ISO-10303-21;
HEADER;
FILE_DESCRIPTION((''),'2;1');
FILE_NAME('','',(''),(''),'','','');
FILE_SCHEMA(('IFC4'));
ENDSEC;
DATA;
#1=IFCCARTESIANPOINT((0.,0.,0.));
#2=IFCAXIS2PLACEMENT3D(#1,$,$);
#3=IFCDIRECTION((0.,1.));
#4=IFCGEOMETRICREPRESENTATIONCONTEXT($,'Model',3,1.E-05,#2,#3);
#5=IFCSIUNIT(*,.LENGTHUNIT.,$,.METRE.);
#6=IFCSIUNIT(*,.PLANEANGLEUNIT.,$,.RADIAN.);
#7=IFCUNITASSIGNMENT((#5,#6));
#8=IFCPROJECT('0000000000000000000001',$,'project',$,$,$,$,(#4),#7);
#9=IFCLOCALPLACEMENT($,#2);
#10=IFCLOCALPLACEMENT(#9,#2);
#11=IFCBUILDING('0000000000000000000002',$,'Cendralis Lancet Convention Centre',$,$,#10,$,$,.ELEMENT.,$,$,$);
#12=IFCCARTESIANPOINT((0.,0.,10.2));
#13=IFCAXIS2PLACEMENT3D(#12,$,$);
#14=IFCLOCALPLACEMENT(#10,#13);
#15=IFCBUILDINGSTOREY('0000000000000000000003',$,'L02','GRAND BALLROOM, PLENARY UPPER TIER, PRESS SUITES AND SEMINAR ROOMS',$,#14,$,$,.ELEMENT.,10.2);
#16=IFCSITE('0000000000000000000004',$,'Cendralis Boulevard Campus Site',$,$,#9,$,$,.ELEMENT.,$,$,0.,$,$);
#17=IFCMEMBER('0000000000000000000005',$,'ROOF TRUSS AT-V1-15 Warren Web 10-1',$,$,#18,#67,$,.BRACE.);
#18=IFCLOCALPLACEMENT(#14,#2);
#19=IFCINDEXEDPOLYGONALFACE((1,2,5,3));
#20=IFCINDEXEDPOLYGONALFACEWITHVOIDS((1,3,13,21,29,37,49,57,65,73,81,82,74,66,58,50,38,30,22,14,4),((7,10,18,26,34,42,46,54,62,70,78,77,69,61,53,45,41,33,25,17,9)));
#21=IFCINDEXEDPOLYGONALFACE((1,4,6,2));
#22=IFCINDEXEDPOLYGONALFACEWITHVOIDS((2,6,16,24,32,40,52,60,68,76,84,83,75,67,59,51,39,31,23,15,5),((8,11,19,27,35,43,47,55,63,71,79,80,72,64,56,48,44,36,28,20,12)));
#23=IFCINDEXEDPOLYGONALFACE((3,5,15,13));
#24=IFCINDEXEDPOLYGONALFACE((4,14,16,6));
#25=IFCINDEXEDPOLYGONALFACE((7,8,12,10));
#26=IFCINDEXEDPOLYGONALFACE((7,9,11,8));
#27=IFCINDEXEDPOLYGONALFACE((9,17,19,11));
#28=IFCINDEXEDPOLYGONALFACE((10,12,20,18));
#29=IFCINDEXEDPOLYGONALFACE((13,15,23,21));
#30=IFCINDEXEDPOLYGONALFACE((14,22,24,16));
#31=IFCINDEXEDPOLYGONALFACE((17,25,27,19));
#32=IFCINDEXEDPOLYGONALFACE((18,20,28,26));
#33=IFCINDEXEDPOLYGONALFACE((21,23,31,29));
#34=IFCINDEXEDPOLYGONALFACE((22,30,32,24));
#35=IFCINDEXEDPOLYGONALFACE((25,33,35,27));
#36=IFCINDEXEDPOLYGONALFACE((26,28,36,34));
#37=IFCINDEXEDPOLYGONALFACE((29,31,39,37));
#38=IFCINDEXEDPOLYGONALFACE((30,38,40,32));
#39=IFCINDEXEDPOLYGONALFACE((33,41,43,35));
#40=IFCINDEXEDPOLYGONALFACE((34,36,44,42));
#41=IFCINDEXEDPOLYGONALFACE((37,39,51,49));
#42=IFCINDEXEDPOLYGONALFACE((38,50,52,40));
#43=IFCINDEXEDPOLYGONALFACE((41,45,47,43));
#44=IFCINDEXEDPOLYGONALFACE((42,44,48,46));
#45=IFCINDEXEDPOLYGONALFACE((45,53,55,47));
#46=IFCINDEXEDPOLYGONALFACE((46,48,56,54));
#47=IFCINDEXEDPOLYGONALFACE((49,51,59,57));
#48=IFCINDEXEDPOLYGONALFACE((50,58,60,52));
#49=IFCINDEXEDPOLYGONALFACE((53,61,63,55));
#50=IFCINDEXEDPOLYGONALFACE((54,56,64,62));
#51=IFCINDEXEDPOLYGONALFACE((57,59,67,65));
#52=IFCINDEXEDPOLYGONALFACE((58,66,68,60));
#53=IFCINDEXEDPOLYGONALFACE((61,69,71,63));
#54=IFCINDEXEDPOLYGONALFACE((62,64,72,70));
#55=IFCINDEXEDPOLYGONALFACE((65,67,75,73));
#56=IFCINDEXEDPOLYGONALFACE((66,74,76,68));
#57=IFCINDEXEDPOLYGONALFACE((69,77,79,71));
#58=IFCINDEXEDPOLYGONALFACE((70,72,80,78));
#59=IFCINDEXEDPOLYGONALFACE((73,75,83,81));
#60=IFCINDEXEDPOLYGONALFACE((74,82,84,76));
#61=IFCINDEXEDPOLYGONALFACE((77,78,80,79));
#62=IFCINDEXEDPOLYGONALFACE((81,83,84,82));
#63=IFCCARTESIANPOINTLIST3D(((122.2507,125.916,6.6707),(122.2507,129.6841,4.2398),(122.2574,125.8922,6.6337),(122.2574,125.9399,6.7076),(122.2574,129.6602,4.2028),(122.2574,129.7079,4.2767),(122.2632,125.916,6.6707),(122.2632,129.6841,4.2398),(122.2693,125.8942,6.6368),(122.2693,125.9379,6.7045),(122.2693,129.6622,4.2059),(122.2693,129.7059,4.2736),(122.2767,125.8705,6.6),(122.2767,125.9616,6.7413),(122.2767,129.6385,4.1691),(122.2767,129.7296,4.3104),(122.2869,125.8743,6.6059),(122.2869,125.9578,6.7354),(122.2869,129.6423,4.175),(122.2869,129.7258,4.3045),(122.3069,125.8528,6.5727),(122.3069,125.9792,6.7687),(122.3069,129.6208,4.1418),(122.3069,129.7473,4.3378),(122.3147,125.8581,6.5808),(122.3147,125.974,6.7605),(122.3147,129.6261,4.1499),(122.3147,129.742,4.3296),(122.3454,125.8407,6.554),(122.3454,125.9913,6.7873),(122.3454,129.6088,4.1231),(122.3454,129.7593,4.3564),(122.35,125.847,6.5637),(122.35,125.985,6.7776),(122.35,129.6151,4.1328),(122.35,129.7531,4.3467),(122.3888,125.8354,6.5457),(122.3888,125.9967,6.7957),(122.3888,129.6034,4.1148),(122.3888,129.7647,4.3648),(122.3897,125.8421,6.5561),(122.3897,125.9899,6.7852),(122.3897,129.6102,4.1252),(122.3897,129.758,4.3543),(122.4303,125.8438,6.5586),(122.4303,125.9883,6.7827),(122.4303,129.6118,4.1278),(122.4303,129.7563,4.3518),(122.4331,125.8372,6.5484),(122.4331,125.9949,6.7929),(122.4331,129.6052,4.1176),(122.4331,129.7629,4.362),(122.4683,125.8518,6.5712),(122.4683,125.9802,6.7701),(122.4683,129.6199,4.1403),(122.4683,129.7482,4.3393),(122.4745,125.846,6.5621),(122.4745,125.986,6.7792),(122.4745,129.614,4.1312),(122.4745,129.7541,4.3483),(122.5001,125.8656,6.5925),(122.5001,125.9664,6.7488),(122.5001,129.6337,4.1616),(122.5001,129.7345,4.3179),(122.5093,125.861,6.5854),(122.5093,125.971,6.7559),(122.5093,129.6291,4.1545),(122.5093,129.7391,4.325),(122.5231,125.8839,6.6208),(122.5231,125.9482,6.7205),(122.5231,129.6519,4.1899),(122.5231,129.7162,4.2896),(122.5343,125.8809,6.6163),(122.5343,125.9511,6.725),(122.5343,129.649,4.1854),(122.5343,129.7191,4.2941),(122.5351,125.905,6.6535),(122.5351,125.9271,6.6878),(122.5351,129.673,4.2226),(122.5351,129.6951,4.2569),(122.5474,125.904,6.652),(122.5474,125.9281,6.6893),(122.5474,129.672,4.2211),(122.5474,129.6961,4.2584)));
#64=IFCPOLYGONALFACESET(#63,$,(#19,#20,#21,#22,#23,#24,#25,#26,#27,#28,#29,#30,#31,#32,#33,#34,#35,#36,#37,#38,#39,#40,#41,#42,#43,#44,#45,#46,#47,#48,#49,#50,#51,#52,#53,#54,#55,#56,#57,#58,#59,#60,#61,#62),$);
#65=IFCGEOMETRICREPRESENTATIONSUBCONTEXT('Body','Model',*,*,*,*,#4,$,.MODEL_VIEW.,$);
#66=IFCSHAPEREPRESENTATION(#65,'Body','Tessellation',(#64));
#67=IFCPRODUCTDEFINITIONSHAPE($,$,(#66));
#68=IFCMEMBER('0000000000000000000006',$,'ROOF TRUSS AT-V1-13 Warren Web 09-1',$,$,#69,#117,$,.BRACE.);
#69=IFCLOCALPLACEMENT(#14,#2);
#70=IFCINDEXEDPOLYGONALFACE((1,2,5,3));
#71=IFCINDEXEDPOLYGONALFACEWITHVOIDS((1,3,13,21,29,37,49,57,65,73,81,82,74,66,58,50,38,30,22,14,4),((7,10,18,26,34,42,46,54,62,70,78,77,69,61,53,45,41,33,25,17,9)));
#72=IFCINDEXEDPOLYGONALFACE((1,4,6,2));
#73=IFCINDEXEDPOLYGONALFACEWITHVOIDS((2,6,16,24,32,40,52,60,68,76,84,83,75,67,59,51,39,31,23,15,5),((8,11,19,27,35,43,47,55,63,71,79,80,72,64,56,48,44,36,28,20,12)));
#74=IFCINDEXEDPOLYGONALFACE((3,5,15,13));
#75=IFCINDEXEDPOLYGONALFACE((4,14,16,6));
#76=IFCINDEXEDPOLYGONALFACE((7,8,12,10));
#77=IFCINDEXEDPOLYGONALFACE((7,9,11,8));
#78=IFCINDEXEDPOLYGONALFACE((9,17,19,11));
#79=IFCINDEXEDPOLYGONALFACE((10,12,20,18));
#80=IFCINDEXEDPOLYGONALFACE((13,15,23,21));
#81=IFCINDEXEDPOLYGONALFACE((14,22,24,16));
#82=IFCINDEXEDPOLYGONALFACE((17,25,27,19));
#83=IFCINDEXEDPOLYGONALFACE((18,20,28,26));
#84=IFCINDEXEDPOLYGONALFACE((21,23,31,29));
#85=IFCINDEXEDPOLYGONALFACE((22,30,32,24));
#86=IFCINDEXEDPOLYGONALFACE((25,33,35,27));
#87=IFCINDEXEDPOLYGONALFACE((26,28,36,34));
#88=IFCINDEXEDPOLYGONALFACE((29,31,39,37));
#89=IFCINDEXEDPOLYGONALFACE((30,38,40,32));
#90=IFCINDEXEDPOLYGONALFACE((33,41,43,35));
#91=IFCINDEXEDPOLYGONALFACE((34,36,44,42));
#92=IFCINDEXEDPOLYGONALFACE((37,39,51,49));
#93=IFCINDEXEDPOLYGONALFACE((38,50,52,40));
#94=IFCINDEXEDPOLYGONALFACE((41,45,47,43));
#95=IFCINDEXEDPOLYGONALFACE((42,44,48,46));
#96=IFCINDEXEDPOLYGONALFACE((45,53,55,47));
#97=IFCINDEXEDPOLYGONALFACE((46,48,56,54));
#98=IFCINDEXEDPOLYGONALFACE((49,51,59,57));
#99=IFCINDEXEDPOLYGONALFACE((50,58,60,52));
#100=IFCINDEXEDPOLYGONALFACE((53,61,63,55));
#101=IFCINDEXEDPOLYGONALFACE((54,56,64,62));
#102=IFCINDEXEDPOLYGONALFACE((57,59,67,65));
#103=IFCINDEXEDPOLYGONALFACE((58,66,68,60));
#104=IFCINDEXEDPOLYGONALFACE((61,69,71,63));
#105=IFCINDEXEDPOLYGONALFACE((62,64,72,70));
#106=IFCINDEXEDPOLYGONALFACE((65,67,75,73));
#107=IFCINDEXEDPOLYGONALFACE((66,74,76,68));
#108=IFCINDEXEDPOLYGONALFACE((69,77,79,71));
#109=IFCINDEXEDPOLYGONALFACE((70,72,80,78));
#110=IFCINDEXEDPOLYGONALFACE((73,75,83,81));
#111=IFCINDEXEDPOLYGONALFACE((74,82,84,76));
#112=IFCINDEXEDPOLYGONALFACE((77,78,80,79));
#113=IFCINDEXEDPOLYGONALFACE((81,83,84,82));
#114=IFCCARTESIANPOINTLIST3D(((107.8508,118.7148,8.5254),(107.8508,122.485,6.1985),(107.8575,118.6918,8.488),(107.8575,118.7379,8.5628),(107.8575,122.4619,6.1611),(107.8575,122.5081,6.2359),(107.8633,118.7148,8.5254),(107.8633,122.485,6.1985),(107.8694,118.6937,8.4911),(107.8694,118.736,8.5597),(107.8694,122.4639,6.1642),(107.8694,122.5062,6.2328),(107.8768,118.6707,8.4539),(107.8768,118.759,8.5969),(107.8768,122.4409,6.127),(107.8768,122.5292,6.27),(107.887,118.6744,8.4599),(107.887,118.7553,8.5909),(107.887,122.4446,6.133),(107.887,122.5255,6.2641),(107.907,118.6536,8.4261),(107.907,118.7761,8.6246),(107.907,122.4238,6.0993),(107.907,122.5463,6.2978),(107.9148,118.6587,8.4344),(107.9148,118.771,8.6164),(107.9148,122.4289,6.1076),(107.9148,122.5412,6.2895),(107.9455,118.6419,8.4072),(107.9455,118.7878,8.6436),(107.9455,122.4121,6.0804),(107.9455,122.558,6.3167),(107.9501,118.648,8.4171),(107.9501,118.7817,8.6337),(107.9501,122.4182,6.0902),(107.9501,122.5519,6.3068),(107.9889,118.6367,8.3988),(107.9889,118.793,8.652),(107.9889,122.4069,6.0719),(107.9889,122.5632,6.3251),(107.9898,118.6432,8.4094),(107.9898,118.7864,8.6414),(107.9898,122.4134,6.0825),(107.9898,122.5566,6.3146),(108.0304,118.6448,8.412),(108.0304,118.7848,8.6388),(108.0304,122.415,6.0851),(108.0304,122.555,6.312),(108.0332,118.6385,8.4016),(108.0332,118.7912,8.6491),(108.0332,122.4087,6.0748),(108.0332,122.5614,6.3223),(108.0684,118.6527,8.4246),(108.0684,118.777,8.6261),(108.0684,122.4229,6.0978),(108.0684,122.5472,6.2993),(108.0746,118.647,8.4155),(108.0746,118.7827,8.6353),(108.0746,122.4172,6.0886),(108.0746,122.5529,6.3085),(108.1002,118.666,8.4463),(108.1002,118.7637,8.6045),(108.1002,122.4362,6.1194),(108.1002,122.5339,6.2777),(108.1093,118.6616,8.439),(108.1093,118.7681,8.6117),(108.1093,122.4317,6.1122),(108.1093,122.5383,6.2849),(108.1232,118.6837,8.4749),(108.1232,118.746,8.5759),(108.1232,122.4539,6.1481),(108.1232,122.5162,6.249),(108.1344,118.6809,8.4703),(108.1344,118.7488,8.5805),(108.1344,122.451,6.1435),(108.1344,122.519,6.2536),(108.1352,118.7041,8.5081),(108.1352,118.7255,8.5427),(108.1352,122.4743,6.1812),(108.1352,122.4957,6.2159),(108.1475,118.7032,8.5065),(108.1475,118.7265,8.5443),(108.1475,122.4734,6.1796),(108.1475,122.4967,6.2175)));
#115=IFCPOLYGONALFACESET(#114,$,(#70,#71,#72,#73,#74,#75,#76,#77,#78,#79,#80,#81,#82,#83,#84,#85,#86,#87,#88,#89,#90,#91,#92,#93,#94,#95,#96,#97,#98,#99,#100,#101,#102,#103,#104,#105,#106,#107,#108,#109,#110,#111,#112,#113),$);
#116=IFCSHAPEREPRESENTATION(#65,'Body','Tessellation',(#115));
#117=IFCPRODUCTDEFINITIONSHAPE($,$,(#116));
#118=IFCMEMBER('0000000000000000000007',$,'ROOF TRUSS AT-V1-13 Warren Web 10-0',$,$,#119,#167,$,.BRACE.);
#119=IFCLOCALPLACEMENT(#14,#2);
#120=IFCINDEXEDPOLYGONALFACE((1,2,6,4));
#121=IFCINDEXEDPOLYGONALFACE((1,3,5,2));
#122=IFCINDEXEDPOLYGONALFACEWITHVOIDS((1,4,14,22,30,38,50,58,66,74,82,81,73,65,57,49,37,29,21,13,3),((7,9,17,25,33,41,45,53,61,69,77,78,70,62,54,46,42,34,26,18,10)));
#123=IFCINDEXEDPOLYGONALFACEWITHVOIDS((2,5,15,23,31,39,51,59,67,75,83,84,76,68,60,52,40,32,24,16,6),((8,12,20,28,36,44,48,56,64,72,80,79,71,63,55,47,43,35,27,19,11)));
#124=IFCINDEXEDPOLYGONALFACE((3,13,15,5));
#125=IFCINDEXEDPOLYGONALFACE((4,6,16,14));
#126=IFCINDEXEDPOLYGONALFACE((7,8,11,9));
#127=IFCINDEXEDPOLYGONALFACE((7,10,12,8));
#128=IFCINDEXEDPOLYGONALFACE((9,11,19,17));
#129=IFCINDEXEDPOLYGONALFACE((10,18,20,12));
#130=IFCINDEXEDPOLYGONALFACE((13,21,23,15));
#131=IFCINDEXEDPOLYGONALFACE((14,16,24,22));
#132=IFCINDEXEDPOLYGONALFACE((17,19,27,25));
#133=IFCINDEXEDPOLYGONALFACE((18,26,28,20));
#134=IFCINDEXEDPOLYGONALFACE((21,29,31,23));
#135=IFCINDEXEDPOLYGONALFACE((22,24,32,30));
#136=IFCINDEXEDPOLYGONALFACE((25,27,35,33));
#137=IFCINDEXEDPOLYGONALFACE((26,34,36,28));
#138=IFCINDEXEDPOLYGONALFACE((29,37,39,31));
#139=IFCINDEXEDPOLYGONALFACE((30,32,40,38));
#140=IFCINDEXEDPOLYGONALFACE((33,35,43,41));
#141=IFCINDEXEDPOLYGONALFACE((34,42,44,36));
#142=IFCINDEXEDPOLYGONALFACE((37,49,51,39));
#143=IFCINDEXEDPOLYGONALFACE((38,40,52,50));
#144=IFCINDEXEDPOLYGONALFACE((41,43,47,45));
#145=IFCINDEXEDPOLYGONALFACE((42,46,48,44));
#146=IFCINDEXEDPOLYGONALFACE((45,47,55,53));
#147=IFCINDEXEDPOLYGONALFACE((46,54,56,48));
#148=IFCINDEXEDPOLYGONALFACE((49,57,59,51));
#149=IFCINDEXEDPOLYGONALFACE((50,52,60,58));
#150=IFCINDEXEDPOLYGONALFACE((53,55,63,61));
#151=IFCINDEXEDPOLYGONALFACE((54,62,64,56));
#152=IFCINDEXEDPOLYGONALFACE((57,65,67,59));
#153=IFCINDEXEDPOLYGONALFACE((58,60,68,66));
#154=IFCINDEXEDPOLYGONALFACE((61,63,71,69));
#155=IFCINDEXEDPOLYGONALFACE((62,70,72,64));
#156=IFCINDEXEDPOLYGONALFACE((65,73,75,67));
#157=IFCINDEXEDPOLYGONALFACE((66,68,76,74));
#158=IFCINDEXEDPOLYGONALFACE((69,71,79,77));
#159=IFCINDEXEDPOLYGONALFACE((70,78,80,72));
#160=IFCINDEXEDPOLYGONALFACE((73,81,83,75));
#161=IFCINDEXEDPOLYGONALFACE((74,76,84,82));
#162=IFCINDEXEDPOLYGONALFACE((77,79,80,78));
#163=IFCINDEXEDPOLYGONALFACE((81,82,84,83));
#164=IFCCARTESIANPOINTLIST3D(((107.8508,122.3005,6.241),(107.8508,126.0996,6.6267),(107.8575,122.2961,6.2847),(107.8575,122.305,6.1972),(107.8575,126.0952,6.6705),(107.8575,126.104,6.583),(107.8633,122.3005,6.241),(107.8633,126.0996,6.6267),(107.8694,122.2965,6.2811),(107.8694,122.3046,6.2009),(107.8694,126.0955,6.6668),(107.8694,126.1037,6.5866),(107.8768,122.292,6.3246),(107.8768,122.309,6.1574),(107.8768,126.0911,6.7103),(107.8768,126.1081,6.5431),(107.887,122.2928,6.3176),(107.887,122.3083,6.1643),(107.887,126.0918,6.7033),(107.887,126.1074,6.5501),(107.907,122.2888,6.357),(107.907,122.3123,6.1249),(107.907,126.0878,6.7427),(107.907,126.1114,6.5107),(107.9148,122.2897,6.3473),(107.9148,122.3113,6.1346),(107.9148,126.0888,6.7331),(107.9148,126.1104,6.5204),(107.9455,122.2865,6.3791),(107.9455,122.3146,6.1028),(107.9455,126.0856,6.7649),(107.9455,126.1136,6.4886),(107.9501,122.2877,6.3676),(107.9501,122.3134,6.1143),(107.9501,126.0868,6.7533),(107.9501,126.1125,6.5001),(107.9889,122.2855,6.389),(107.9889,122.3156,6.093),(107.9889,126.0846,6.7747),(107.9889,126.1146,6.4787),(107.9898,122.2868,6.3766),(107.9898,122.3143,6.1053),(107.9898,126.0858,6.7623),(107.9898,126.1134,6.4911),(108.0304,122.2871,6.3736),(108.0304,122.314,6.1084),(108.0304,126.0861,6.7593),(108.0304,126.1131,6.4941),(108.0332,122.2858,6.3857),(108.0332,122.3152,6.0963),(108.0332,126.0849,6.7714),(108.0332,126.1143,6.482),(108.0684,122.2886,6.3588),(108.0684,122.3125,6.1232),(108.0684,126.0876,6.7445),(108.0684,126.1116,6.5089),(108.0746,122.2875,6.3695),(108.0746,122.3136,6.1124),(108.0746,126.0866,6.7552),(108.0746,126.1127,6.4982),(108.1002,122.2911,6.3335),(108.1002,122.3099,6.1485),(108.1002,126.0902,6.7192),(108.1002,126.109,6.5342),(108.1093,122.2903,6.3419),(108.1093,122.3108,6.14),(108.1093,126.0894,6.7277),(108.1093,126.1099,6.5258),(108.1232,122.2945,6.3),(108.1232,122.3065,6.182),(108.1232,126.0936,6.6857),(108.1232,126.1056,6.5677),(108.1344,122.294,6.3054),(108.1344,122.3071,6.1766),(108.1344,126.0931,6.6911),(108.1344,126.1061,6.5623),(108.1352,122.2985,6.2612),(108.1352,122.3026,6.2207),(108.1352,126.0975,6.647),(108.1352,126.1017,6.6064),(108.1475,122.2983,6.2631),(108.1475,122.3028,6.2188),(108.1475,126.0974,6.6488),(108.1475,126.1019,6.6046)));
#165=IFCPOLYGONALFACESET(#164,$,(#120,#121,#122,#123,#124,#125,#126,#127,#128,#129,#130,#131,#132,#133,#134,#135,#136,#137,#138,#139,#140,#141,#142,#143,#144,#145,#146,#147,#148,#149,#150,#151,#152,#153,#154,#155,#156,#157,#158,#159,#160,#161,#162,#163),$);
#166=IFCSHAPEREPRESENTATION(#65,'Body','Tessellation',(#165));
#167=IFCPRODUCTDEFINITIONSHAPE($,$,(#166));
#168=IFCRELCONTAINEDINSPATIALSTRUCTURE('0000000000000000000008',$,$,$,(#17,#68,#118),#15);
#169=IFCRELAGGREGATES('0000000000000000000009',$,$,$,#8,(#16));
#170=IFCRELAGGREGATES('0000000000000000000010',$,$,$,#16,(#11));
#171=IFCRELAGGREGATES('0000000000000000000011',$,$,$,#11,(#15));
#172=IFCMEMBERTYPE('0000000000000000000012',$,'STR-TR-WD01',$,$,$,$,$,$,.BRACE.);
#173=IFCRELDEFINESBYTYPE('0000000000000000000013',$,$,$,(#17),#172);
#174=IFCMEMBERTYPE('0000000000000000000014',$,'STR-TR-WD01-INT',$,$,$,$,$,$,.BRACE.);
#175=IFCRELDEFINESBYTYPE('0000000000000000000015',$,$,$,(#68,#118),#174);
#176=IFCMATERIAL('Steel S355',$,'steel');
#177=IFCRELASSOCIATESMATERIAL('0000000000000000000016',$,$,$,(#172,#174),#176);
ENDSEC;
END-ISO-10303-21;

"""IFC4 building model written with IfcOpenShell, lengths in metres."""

from ifc_helpers import new_model, si_unit, direction, frame, origin, origin_2d, place, context, subcontext, project, spatial, hollow_circle, extrude, material, material_profile, profile_set, type_object, element, save


model = new_model("IFC4")

# Units and contexts
model_context = context("Model", 3, precision=1e-05, world=origin(), true_north=direction((0.0, 1.0)))
body_context = subcontext(model_context, "Body", "Model", "MODEL_VIEW")
ifc_project = project(units=[si_unit("LENGTHUNIT", "METRE"), si_unit("PLANEANGLEUNIT", "RADIAN")], contexts=[model_context])

# Site, building, storey
site_placement = place(None, origin())
site = spatial("IfcSite", under=ifc_project, at=site_placement, Name="Cendralis Boulevard Campus Site", CompositionType="ELEMENT", RefElevation=0.0)
building_placement = place(site_placement, origin())
building = spatial("IfcBuilding", under=site, at=building_placement, Name="Cendralis Lancet Convention Centre", CompositionType="ELEMENT")
storey_placement = place(building_placement, frame((0.0, 0.0, 10.2)))
storey = spatial("IfcBuildingStorey", under=building, at=storey_placement, Name="L02", Description="GRAND BALLROOM, PLENARY UPPER TIER, PRESS SUITES AND SEMINAR ROOMS", CompositionType="ELEMENT", Elevation=10.2)

# Members
ifc_material_1 = material(Name="Steel S355", Category="steel")
ifc_material_profile_1 = material_profile(ifc_material_1, hollow_circle(Radius=0.1492, WallThickness=0.0125, at=origin_2d()), Name="CHS 298.5x12.5")
ifc_profile_set_1 = profile_set([ifc_material_profile_1], Name="Steel S355")
member_type_1 = type_object("IfcMemberType", Name="STR-TR-WD01", PredefinedType="BRACE", material=ifc_profile_set_1)
member_1_placement = place(storey_placement, frame((122.3999, 125.916, 6.6707), z_axis=(0.0, 0.840307, -0.542111), x_axis=(-1.0, 0.0, 0.0)))
element("IfcMember", 1, at=member_1_placement, inside=storey, type_object=member_type_1, Name="ROOF TRUSS AT-V1-15 Warren Web 10-1", PredefinedType="BRACE", context=body_context, shape_type="SweptSolid", body=[
    extrude(hollow_circle(Radius=0.1492, WallThickness=0.0125, at=origin_2d()), origin(), (0.0, 0.0, 1.0), 4.4841),
])
ifc_material_profile_2 = material_profile(ifc_material_1, hollow_circle(Radius=0.1492, WallThickness=0.0125, at=origin_2d()), Name="CHS 298.5x12.5")
ifc_profile_set_2 = profile_set([ifc_material_profile_2], Name="Steel S355")
member_type_2 = type_object("IfcMemberType", Name="STR-TR-WD01-INT", PredefinedType="BRACE", material=ifc_profile_set_2)
member_2_placement = place(storey_placement, frame((108.0, 118.7148, 8.5254), z_axis=(0.0, 0.850978, -0.525201), x_axis=(-1.0, 0.0, 0.0)))
element("IfcMember", 2, at=member_2_placement, inside=storey, type_object=member_type_2, Name="ROOF TRUSS AT-V1-13 Warren Web 09-1", PredefinedType="BRACE", context=body_context, shape_type="SweptSolid", body=[
    extrude(hollow_circle(Radius=0.1492, WallThickness=0.0125, at=origin_2d()), origin(), (0.0, 0.0, 1.0), 4.4304),
])
member_3_placement = place(storey_placement, frame((108.0, 122.3005, 6.241), z_axis=(0.0, 0.994885, 0.101017), x_axis=(-1.0, 0.0, 0.0)))
element("IfcMember", 3, at=member_3_placement, inside=storey, type_object=member_type_2, Name="ROOF TRUSS AT-V1-13 Warren Web 10-0", PredefinedType="BRACE", context=body_context, shape_type="SweptSolid", body=[
    extrude(hollow_circle(Radius=0.1492, WallThickness=0.0125, at=origin_2d()), origin(), (0.0, 0.0, 1.0), 3.8186),
])

save(model, "model.ifc")
